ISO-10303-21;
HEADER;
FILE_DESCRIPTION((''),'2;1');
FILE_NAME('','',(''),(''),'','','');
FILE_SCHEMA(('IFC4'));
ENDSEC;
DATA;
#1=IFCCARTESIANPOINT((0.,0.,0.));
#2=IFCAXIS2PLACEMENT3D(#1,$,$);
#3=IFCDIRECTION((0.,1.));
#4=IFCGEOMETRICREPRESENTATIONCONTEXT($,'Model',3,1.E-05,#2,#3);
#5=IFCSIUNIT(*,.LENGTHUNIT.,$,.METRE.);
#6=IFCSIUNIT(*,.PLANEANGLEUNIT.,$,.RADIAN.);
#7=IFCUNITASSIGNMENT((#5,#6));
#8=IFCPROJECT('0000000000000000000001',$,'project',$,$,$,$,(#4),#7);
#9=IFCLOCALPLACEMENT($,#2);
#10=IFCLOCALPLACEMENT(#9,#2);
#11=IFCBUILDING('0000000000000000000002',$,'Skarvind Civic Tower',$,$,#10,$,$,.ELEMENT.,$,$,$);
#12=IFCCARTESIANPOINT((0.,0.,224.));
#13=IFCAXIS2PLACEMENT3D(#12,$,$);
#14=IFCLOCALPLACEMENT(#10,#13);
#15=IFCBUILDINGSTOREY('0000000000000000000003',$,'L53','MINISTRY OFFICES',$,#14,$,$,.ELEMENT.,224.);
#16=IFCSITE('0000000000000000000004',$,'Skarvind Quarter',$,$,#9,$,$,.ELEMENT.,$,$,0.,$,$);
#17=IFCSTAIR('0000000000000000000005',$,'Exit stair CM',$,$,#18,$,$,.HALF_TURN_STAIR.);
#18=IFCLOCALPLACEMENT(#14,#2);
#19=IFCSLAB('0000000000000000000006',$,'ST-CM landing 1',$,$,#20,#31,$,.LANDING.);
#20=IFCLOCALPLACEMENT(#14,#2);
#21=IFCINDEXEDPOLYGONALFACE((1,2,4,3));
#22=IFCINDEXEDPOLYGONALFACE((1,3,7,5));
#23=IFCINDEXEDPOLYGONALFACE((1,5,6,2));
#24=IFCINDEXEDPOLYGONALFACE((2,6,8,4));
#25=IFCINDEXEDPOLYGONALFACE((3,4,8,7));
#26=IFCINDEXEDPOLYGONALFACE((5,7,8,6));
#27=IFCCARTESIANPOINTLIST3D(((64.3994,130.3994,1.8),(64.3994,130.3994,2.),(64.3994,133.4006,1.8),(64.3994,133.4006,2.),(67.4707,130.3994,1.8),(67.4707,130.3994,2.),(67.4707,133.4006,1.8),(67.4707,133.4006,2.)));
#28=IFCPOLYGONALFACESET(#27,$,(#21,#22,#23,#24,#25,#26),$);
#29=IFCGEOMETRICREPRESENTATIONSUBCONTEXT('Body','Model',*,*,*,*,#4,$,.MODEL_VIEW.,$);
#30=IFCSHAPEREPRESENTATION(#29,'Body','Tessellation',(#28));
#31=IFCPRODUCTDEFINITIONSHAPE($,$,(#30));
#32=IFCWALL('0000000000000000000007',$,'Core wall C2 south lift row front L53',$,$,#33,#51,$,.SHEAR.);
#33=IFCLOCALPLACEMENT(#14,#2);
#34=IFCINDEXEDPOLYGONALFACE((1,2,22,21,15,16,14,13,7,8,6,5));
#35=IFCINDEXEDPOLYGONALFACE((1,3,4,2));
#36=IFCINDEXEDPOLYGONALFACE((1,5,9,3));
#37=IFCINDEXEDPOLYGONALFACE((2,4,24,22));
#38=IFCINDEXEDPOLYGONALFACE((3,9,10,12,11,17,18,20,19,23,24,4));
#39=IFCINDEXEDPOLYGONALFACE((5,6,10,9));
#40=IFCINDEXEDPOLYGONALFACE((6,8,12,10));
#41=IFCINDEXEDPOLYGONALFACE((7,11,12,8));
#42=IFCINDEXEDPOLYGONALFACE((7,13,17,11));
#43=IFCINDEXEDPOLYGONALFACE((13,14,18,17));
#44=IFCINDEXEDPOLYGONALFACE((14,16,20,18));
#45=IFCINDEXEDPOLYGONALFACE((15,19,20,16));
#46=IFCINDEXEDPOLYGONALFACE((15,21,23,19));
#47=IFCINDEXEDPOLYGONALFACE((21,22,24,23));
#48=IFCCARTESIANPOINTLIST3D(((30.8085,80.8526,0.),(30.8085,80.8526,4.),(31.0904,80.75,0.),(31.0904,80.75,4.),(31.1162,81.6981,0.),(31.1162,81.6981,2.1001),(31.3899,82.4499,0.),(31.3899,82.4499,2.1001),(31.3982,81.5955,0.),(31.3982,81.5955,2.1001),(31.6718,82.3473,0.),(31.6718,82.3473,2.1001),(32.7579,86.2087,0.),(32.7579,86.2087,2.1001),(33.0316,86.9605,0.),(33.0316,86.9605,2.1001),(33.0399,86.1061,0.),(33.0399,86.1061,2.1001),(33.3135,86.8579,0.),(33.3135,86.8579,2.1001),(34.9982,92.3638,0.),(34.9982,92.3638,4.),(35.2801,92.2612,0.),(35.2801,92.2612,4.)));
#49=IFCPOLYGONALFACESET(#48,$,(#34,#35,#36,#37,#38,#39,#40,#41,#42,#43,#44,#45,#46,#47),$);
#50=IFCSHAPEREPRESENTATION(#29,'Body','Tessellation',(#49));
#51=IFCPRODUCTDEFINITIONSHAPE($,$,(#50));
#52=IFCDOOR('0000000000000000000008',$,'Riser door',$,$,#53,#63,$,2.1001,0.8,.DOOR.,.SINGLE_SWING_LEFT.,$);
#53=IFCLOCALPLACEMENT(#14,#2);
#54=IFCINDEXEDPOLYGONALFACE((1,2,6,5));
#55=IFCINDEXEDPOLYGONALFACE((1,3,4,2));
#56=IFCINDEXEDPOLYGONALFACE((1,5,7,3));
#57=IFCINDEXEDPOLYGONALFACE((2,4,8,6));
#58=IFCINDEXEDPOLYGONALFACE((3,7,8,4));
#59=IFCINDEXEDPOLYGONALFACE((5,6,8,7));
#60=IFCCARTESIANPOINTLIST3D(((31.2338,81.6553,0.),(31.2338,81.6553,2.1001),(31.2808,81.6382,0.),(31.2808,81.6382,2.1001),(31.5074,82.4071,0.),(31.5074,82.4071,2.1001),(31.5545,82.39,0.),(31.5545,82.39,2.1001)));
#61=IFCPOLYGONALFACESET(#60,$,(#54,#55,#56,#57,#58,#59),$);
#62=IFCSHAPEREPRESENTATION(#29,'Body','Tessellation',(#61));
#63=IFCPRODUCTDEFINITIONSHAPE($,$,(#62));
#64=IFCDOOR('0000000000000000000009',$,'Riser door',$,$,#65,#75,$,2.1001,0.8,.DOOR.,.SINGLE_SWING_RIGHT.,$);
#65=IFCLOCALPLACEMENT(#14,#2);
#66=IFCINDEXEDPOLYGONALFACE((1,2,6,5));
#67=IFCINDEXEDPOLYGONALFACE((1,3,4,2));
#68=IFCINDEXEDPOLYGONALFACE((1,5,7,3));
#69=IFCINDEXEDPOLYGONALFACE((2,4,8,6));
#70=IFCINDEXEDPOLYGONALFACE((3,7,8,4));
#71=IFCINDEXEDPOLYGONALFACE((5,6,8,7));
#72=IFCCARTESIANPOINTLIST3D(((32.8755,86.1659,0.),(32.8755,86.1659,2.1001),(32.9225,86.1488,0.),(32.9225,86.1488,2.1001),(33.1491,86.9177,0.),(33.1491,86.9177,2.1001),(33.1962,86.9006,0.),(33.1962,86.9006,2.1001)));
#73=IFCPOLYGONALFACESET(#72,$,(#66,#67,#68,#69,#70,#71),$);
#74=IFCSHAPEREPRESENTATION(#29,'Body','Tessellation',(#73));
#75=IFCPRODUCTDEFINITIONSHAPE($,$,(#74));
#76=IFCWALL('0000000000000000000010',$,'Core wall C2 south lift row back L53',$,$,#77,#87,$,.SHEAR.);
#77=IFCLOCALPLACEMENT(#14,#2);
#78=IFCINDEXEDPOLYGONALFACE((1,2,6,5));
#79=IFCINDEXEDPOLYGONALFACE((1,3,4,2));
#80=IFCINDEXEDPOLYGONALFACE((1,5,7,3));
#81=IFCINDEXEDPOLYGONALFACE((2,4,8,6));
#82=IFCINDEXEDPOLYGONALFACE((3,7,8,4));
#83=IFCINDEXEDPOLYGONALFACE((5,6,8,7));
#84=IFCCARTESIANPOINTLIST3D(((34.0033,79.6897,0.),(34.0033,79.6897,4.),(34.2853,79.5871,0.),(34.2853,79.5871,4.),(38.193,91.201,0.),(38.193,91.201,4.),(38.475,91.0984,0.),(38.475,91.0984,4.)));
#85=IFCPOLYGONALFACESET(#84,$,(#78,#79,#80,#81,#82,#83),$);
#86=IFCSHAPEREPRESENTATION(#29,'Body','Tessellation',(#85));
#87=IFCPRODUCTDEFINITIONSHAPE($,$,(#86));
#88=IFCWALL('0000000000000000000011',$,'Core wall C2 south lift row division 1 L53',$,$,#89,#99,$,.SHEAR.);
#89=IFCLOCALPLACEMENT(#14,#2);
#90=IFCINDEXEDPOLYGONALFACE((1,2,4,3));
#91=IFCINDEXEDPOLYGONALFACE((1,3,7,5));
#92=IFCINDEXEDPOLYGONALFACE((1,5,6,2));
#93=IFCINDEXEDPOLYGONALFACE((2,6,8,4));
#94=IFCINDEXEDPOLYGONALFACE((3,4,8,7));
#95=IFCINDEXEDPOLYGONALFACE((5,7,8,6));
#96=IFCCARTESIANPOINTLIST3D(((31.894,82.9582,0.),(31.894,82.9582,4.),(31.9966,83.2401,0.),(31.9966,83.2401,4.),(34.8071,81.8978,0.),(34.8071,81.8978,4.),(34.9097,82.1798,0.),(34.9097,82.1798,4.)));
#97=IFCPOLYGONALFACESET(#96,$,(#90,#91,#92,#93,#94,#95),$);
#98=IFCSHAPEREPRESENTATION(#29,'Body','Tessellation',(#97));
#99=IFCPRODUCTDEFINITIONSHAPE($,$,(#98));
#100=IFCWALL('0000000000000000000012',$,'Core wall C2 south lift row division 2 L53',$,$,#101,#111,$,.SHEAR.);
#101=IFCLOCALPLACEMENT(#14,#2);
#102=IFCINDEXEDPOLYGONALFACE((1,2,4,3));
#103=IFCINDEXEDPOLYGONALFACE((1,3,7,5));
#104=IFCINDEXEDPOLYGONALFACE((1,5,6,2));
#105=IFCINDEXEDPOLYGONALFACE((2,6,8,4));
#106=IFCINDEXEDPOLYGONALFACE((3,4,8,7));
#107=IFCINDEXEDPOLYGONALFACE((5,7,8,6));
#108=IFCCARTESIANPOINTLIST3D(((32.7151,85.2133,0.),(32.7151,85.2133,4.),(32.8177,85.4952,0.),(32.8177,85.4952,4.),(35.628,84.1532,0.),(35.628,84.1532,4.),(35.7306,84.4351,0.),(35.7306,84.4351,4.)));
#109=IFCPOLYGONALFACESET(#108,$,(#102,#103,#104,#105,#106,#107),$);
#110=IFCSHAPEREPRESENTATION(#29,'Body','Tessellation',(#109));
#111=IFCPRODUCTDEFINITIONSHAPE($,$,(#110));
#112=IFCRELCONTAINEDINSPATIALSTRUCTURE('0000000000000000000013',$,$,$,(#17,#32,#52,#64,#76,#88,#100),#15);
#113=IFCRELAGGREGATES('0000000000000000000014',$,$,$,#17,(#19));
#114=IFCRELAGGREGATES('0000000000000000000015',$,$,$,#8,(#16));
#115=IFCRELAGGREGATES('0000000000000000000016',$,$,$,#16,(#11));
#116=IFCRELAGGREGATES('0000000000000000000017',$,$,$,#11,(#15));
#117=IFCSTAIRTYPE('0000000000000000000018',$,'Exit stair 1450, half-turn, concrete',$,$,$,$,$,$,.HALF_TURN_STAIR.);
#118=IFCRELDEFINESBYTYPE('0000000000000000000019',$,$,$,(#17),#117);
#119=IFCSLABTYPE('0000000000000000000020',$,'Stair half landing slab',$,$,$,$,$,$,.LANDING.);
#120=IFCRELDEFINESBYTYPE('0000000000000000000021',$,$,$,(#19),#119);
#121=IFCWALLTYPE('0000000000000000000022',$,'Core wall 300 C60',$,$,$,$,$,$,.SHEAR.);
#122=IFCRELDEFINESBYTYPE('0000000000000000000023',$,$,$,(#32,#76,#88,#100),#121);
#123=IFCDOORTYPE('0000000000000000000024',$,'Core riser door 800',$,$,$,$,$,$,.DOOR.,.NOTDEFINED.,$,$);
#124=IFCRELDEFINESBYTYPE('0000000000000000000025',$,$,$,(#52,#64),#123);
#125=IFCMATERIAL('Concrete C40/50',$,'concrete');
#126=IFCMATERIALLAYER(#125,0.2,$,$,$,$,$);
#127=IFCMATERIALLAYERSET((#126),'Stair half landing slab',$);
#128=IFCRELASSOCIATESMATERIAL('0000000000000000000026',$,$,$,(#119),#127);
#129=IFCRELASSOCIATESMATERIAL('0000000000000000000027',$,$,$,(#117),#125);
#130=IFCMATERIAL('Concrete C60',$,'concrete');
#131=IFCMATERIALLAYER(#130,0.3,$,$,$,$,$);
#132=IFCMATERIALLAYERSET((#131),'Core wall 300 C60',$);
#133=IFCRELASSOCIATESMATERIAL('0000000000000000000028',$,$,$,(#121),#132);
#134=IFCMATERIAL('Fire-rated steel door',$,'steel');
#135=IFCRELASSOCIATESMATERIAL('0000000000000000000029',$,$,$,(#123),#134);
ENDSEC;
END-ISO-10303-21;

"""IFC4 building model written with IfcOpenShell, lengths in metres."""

from ifc_helpers import new_model, si_unit, direction, frame, frame_2d, origin, place, context, subcontext, project, spatial, polyline, rectangle, outline, extrude, material, layer, layer_set, type_object, element, fill, aggregate, save


model = new_model("IFC4")

# Units and contexts
model_context = context("Model", 3, precision=1e-05, world=origin(), true_north=direction((0.0, 1.0)))
body_context = subcontext(model_context, "Body", "Model", "MODEL_VIEW")
ifc_project = project(units=[si_unit("LENGTHUNIT", "METRE"), si_unit("PLANEANGLEUNIT", "RADIAN")], contexts=[model_context])

# Site, building, storey
site_placement = place(None, origin())
site = spatial("IfcSite", under=ifc_project, at=site_placement, Name="Skarvind Quarter", CompositionType="ELEMENT", RefElevation=0.0)
building_placement = place(site_placement, origin())
building = spatial("IfcBuilding", under=site, at=building_placement, Name="Skarvind Civic Tower", CompositionType="ELEMENT")
storey_placement = place(building_placement, frame((0.0, 0.0, 224.0)))
storey = spatial("IfcBuildingStorey", under=building, at=storey_placement, Name="L53", Description="MINISTRY OFFICES", CompositionType="ELEMENT", Elevation=224.0)

# Shared definitions
ifc_material_1 = material(Name="Concrete C40/50", Category="concrete")

# Stair, slab
ifc_layer_1 = layer(ifc_material_1, 0.2)
ifc_layer_set_1 = layer_set([ifc_layer_1], Name="Stair half landing slab")
slab_type_1 = type_object("IfcSlabType", Name="Stair half landing slab", PredefinedType="LANDING", material=ifc_layer_set_1)
stair_type_1 = type_object("IfcStairType", Name="Exit stair 1450, half-turn, concrete", PredefinedType="HALF_TURN_STAIR", material=ifc_material_1)
stair_1_placement = place(storey_placement, origin())
stair_1 = element("IfcStair", 1, at=stair_1_placement, inside=storey, type_object=stair_type_1, Name="Exit stair CM", PredefinedType="HALF_TURN_STAIR")
slab_1_placement = place(storey_placement, frame((0.0, 0.0, 1.8)))
slab_1 = element("IfcSlab", 2, at=slab_1_placement, type_object=slab_type_1, Name="ST-CM landing 1", PredefinedType="LANDING", context=body_context, shape_type="SweptSolid", body=[
    extrude(outline(polyline([(67.4707, 133.4006), (67.4707, 130.3994), (64.3994, 130.3994), (64.3994, 133.4006), (67.4707, 133.4006)])), origin(), (0.0, 0.0, 1.0), 0.2),
])
aggregate(stair_1, [slab_1])

# Wall, openings, doors
ifc_material_2 = material(Name="Concrete C60", Category="concrete")
ifc_layer_2 = layer(ifc_material_2, 0.3)
ifc_layer_set_2 = layer_set([ifc_layer_2], Name="Core wall 300 C60")
wall_type_1 = type_object("IfcWallType", Name="Core wall 300 C60", PredefinedType="SHEAR", material=ifc_layer_set_2)
wall_1_placement = place(storey_placement, frame((30.9495, 80.8013, 0.0), z_axis=(0.0, 0.0, 1.0), x_axis=(0.342017, 0.939694, 0.0)))
wall_1 = element("IfcWall", 3, at=wall_1_placement, inside=storey, type_object=wall_type_1, Name="Core wall C2 south lift row front L53", PredefinedType="SHEAR", context=body_context, shape_type="SweptSolid", body=[
    extrude(rectangle(XDim=12.25, YDim=0.3, at=frame_2d((6.125, 0.0))), origin(), (0.0, 0.0, 1.0), 4.0),
])
opening_1_placement = place(wall_1_placement, frame((0.8999, 0.0, 0.0)))
opening_1 = element("IfcOpeningElement", 4, at=opening_1_placement, cuts=wall_1, PredefinedType="OPENING", context=body_context, shape_type="SweptSolid", body=[
    extrude(rectangle(XDim=0.8, YDim=2.1001, at=frame_2d((0.3999, 1.05))), frame((0.0, 0.1599, 0.0), z_axis=(0.0, -1.0, 0.0), x_axis=(1.0, 0.0, 0.0)), (0.0, 0.0, 1.0), 0.3201),
])
opening_2_placement = place(wall_1_placement, frame((5.7, 0.0, 0.0)))
opening_2 = element("IfcOpeningElement", 5, at=opening_2_placement, cuts=wall_1, PredefinedType="OPENING", context=body_context, shape_type="SweptSolid", body=[
    extrude(rectangle(XDim=0.8, YDim=2.1001, at=frame_2d((0.3999, 1.05))), frame((0.0, 0.1599, 0.0), z_axis=(0.0, -1.0, 0.0), x_axis=(1.0, 0.0, 0.0)), (0.0, 0.0, 1.0), 0.3201),
])
ifc_material_3 = material(Name="Fire-rated steel door", Category="steel")
door_type_1 = type_object("IfcDoorType", Name="Core riser door 800", OperationType="NOTDEFINED", PredefinedType="DOOR", material=ifc_material_3)
door_1_placement = place(opening_1_placement, origin())
door_1 = element("IfcDoor", 6, at=door_1_placement, inside=storey, type_object=door_type_1, Name="Riser door", OperationType="SINGLE_SWING_LEFT", OverallHeight=2.1001, OverallWidth=0.8, PredefinedType="DOOR", context=body_context, shape_type="SweptSolid", body=[
    extrude(rectangle(XDim=0.8, YDim=2.1001, at=frame_2d((0.3999, 1.05))), frame((0.0, 0.0249, 0.0), z_axis=(0.0, -1.0, 0.0), x_axis=(1.0, 0.0, 0.0)), (0.0, 0.0, 1.0), 0.05),
])
fill(opening_1, door_1)
door_2_placement = place(opening_2_placement, origin())
door_2 = element("IfcDoor", 7, at=door_2_placement, inside=storey, type_object=door_type_1, Name="Riser door", OperationType="SINGLE_SWING_RIGHT", OverallHeight=2.1001, OverallWidth=0.8, PredefinedType="DOOR", context=body_context, shape_type="SweptSolid", body=[
    extrude(rectangle(XDim=0.8, YDim=2.1001, at=frame_2d((0.3999, 1.05))), frame((0.0, 0.0249, 0.0), z_axis=(0.0, -1.0, 0.0), x_axis=(1.0, 0.0, 0.0)), (0.0, 0.0, 1.0), 0.05),
])
fill(opening_2, door_2)

# Walls
wall_2_placement = place(storey_placement, frame((34.1443, 79.6384, 0.0), z_axis=(0.0, 0.0, 1.0), x_axis=(0.342017, 0.939694, 0.0)))
element("IfcWall", 8, at=wall_2_placement, inside=storey, type_object=wall_type_1, Name="Core wall C2 south lift row back L53", PredefinedType="SHEAR", context=body_context, shape_type="SweptSolid", body=[
    extrude(rectangle(XDim=12.25, YDim=0.3, at=frame_2d((6.125, 0.0))), origin(), (0.0, 0.0, 1.0), 4.0),
])
wall_3_placement = place(storey_placement, frame((34.8584, 82.0388, 0.0), z_axis=(0.0, 0.0, 1.0), x_axis=(-0.93969, 0.342028, 0.0)))
element("IfcWall", 9, at=wall_3_placement, inside=storey, type_object=wall_type_1, Name="Core wall C2 south lift row division 1 L53", PredefinedType="SHEAR", context=body_context, shape_type="SweptSolid", body=[
    extrude(rectangle(XDim=3.1001, YDim=0.3, at=frame_2d((1.55, 0.0))), origin(), (0.0, 0.0, 1.0), 4.0),
])
wall_4_placement = place(storey_placement, frame((35.6792, 84.2942, 0.0), z_axis=(0.0, 0.0, 1.0), x_axis=(-0.939706, 0.341983, 0.0)))
element("IfcWall", 10, at=wall_4_placement, inside=storey, type_object=wall_type_1, Name="Core wall C2 south lift row division 2 L53", PredefinedType="SHEAR", context=body_context, shape_type="SweptSolid", body=[
    extrude(rectangle(XDim=3.0999, YDim=0.3, at=frame_2d((1.5498, 0.0))), origin(), (0.0, 0.0, 1.0), 4.0),
])

save(model, "model.ifc")
